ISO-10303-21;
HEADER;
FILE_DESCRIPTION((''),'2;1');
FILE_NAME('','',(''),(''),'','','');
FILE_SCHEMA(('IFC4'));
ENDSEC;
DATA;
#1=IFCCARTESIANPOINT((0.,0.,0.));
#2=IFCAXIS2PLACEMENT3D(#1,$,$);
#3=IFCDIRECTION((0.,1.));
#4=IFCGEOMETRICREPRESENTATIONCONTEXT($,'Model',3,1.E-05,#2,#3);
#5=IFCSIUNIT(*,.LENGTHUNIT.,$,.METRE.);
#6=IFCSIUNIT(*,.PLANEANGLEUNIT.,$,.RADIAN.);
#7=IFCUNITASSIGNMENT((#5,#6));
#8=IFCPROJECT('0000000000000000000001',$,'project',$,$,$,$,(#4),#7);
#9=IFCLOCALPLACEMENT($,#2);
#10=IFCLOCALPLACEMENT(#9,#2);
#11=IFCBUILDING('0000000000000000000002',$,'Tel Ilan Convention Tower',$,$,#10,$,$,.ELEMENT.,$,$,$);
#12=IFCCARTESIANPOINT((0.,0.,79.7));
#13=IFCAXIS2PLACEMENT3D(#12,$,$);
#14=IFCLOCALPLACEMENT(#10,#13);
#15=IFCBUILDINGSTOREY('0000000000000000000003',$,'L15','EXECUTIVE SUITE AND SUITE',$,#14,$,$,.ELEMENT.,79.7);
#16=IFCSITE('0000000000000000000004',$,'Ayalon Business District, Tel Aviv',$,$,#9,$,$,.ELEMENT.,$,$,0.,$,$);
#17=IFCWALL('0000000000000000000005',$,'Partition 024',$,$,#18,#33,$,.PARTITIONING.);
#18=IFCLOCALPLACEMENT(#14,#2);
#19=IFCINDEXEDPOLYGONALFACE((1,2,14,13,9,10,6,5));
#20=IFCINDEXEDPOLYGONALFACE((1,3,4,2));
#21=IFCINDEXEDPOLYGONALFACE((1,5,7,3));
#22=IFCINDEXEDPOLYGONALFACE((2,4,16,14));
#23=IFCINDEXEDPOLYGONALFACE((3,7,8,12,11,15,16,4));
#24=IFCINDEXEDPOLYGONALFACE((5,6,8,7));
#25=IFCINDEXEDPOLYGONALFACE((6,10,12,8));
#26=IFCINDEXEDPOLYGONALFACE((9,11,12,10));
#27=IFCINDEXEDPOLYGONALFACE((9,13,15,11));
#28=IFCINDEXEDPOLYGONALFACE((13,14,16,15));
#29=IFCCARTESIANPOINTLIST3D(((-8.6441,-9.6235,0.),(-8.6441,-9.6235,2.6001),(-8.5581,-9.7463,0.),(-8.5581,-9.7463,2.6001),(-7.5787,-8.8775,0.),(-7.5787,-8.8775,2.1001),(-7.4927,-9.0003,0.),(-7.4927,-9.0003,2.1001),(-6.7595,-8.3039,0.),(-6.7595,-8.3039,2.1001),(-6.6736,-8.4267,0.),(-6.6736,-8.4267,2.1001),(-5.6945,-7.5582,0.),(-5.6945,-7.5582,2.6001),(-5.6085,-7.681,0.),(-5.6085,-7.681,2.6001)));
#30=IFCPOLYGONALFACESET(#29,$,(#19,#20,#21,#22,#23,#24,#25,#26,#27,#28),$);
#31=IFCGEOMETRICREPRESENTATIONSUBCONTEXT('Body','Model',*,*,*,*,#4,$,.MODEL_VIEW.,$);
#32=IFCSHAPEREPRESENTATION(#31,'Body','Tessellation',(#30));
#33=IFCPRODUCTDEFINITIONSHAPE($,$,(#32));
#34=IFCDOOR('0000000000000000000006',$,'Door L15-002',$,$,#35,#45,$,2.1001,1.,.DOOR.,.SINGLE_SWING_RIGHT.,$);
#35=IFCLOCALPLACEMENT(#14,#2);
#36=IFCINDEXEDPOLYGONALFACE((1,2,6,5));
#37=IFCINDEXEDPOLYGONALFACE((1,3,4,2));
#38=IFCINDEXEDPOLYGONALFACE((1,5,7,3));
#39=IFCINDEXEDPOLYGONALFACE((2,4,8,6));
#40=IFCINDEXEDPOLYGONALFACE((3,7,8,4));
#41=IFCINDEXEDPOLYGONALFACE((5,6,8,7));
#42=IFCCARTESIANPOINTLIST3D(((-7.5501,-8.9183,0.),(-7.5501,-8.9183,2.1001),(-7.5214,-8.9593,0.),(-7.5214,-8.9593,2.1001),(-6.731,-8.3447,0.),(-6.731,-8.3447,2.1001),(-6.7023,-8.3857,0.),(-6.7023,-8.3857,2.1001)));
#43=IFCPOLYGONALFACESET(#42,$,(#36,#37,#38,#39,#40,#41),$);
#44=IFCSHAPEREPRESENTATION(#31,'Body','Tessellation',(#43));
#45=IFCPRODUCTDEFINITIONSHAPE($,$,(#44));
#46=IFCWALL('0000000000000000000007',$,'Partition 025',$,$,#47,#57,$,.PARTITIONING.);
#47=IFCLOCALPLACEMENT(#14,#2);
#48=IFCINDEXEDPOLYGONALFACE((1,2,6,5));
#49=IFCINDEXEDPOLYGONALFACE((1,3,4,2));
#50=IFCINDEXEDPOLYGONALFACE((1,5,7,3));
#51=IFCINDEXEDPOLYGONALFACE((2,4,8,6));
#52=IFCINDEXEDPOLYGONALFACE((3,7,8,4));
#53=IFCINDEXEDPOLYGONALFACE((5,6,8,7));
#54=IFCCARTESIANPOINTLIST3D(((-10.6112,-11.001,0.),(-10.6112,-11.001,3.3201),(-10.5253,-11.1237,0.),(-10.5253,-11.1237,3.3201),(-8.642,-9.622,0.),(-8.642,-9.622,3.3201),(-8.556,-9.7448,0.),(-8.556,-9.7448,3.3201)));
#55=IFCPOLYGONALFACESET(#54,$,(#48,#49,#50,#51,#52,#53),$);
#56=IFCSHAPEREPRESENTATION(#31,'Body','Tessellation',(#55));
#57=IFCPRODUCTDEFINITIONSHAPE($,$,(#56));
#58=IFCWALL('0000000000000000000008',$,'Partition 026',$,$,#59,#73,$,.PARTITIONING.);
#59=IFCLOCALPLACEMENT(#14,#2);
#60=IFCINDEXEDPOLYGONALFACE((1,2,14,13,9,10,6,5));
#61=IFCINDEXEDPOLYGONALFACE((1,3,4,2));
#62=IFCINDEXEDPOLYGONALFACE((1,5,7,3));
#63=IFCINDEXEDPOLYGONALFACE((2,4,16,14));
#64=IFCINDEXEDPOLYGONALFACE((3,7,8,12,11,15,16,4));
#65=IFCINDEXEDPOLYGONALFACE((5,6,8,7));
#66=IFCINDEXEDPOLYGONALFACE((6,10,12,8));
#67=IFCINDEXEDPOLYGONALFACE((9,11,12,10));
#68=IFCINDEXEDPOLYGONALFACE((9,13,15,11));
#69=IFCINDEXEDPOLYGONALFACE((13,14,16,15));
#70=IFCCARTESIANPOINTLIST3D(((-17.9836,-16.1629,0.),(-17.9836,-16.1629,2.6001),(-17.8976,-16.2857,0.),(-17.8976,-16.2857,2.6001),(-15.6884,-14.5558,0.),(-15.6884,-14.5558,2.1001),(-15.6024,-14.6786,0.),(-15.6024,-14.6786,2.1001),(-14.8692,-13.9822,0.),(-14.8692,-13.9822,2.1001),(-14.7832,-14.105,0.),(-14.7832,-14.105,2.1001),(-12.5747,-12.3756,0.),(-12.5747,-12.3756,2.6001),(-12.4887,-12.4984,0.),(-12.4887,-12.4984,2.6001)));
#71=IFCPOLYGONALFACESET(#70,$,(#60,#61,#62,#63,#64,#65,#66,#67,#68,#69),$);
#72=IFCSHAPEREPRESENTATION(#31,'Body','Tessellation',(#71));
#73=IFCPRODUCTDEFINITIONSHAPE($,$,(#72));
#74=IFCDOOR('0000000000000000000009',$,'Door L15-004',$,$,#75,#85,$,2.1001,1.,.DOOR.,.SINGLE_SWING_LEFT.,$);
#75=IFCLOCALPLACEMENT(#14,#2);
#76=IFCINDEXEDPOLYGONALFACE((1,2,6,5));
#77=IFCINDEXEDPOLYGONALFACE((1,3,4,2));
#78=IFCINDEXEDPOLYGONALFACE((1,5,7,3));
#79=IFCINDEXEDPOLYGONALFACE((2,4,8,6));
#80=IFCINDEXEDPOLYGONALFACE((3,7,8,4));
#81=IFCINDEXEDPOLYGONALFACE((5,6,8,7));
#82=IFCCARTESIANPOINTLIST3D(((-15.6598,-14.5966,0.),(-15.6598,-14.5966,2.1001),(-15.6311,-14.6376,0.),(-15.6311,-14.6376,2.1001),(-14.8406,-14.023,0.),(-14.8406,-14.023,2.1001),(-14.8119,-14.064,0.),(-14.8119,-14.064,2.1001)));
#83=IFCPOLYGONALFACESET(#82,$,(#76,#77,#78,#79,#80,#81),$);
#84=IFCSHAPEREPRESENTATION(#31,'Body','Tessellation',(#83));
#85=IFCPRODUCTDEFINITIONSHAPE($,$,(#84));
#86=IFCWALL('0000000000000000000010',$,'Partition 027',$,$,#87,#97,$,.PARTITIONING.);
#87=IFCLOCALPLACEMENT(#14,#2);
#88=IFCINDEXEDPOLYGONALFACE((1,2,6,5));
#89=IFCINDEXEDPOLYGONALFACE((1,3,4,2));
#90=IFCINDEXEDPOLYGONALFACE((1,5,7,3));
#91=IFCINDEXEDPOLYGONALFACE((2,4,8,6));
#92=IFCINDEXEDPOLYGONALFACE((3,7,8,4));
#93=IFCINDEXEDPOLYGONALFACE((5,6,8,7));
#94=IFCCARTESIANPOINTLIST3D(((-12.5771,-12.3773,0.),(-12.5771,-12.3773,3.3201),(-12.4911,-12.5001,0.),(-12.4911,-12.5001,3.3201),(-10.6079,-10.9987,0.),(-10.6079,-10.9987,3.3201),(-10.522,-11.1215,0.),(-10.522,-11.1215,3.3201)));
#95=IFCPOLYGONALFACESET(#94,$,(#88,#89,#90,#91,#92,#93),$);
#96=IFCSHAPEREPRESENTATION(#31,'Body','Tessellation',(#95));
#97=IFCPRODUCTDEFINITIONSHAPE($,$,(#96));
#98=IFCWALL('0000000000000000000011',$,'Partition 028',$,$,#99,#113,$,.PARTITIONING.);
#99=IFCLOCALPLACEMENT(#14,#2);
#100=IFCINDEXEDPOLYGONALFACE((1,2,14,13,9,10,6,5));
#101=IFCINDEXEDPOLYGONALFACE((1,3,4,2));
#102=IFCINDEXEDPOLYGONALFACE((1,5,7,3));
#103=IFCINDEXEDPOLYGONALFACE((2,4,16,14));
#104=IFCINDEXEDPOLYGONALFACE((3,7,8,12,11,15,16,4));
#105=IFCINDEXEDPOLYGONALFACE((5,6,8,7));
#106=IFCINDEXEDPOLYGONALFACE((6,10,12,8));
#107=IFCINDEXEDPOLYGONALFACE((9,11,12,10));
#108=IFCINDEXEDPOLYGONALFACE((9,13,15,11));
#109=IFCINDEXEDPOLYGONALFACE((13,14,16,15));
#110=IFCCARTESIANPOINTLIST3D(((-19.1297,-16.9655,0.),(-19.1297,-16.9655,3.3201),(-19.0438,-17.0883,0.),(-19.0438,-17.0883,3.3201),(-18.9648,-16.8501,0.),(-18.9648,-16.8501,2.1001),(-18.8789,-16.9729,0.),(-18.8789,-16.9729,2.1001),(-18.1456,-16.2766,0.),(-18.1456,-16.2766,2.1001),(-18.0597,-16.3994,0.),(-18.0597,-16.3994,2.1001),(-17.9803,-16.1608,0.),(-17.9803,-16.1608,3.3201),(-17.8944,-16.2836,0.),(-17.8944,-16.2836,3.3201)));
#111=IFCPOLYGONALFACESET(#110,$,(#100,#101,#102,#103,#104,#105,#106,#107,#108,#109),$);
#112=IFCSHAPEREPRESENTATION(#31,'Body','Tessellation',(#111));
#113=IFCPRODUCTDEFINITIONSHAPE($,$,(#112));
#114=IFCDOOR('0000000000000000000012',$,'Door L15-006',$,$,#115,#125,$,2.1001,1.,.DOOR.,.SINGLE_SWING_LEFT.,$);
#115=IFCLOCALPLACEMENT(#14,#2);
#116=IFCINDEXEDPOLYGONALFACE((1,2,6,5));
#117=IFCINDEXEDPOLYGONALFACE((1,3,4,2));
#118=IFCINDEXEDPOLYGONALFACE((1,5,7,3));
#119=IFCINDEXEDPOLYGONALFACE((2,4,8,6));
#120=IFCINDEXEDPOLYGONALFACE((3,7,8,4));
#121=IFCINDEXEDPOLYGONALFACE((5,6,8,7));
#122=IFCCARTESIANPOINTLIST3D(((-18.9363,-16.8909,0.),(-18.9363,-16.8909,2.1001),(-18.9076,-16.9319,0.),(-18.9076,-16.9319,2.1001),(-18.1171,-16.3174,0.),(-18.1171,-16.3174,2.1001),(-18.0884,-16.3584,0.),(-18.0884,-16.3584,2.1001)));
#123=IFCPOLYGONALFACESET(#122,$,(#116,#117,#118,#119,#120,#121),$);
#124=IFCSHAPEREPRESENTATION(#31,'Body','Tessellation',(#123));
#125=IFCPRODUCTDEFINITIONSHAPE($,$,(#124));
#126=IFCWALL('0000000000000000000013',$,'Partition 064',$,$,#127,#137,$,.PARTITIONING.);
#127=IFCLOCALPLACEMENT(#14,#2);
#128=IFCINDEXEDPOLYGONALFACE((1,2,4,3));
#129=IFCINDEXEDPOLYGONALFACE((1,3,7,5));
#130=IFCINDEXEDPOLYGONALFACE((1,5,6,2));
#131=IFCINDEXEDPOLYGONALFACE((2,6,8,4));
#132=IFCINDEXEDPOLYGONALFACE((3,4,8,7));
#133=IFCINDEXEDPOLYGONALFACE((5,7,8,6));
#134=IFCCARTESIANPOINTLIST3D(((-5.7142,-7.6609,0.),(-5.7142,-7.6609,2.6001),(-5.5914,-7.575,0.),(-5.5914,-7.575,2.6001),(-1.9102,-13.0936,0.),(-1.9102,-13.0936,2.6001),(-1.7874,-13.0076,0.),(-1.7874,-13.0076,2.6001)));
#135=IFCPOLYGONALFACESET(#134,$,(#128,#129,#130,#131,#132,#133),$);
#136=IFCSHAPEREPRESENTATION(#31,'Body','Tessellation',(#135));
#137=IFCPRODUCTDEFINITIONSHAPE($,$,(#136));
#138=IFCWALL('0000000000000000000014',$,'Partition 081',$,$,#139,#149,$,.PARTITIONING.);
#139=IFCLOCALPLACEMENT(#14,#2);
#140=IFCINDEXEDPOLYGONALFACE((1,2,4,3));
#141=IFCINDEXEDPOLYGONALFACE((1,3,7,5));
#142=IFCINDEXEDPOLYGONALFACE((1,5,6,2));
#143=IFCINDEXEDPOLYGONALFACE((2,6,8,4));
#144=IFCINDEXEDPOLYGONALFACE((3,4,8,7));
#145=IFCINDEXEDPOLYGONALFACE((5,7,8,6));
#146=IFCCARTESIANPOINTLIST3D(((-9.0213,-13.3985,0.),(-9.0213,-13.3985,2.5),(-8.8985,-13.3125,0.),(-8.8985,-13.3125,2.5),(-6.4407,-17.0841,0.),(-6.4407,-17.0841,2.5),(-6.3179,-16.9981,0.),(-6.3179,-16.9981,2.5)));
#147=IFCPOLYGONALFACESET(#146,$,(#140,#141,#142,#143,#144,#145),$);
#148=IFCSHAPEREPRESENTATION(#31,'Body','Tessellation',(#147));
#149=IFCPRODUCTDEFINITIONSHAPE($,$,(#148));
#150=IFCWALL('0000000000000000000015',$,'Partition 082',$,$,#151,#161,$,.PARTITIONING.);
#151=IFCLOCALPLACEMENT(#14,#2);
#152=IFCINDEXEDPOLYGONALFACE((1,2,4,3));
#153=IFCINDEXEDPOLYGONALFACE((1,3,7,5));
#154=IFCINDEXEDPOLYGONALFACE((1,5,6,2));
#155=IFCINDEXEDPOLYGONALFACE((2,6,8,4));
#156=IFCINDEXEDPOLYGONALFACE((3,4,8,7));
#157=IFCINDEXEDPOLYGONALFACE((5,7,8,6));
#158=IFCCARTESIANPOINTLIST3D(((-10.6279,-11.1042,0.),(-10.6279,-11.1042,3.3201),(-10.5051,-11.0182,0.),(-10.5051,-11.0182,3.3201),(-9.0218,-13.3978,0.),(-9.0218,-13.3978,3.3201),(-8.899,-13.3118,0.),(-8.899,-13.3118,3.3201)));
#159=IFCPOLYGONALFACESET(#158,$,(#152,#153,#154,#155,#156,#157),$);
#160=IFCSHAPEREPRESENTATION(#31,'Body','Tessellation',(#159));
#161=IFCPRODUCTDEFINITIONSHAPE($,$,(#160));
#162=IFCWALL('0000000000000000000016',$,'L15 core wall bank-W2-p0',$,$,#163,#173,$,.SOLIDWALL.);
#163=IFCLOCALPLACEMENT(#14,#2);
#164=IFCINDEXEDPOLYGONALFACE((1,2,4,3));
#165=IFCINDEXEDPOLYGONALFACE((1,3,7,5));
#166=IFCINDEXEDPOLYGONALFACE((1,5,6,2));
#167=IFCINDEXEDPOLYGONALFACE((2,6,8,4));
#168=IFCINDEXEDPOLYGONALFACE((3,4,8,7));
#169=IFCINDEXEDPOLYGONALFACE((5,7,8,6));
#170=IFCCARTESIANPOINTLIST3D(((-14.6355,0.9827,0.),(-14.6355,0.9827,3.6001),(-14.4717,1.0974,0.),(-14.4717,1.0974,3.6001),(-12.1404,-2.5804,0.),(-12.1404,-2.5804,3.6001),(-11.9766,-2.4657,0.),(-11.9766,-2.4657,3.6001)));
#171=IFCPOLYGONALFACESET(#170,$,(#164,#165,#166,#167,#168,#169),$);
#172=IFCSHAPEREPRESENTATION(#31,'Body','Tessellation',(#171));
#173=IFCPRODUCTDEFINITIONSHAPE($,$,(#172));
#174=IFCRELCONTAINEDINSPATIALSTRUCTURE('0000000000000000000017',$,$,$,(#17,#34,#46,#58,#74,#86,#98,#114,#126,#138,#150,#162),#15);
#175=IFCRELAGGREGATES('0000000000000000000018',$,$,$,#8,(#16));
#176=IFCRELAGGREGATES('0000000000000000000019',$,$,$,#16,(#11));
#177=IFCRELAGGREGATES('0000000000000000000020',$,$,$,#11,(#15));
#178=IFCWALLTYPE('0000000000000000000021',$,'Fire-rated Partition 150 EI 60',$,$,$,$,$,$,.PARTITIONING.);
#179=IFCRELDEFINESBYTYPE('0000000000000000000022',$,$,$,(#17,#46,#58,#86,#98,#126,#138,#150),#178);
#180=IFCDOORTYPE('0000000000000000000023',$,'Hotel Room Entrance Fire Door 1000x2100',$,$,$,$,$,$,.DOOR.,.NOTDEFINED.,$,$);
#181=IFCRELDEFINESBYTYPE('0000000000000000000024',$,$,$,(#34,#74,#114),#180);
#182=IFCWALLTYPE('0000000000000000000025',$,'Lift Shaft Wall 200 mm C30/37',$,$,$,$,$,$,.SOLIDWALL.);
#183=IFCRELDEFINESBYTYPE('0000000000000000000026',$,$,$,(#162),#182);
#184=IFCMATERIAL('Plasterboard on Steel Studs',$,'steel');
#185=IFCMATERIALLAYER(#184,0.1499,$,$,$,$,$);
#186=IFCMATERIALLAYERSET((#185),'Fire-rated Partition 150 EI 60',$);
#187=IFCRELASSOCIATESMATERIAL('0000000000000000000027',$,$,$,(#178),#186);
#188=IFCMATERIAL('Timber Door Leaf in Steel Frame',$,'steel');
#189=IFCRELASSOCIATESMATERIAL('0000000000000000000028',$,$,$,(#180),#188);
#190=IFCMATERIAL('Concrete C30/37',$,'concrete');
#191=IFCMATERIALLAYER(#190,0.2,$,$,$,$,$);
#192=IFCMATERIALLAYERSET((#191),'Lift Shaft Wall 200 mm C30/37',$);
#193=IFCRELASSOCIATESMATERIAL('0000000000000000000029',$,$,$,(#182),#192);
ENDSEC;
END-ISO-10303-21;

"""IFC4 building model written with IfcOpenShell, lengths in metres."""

from ifc_helpers import new_model, si_unit, direction, frame, frame_2d, origin, place, context, subcontext, project, spatial, rectangle, extrude, material, layer, layer_set, type_object, element, fill, save


model = new_model("IFC4")

# Units and contexts
model_context = context("Model", 3, precision=1e-05, world=origin(), true_north=direction((0.0, 1.0)))
body_context = subcontext(model_context, "Body", "Model", "MODEL_VIEW")
ifc_project = project(units=[si_unit("LENGTHUNIT", "METRE"), si_unit("PLANEANGLEUNIT", "RADIAN")], contexts=[model_context])

# Site, building, storey
site_placement = place(None, origin())
site = spatial("IfcSite", under=ifc_project, at=site_placement, Name="Ayalon Business District, Tel Aviv", CompositionType="ELEMENT", RefElevation=0.0)
building_placement = place(site_placement, origin())
building = spatial("IfcBuilding", under=site, at=building_placement, Name="Tel Ilan Convention Tower", CompositionType="ELEMENT")
storey_placement = place(building_placement, frame((0.0, 0.0, 79.7)))
storey = spatial("IfcBuildingStorey", under=building, at=storey_placement, Name="L15", Description="EXECUTIVE SUITE AND SUITE", CompositionType="ELEMENT", Elevation=79.7)

# Wall, opening, door
ifc_material_1 = material(Name="Plasterboard on Steel Studs", Category="steel")
ifc_layer_1 = layer(ifc_material_1, 0.1499)
ifc_layer_set_1 = layer_set([ifc_layer_1], Name="Fire-rated Partition 150 EI 60")
wall_type_1 = type_object("IfcWallType", Name="Fire-rated Partition 150 EI 60", PredefinedType="PARTITIONING", material=ifc_layer_set_1)
wall_1_placement = place(storey_placement, frame((-5.6516, -7.6196, 0.0), z_axis=(0.0, 0.0, 1.0), x_axis=(-0.819149, -0.573581, 0.0)))
wall_1 = element("IfcWall", 1, at=wall_1_placement, inside=storey, type_object=wall_type_1, Name="Partition 024", PredefinedType="PARTITIONING", context=body_context, shape_type="SweptSolid", body=[
    extrude(rectangle(XDim=3.6008, YDim=0.1499, at=frame_2d((1.8003, 0.0))), origin(), (0.0, 0.0, 1.0), 2.6001),
])
opening_1_placement = place(wall_1_placement, frame((1.3, 0.0, 0.0)))
opening_1 = element("IfcOpeningElement", 2, at=opening_1_placement, cuts=wall_1, PredefinedType="OPENING", context=body_context, shape_type="SweptSolid", body=[
    extrude(rectangle(XDim=1.0, YDim=2.1001, at=frame_2d((0.5, 1.05))), frame((0.0, 0.085, 0.0), z_axis=(0.0, -1.0, 0.0), x_axis=(1.0, 0.0, 0.0)), (0.0, 0.0, 1.0), 0.1699),
])
ifc_material_2 = material(Name="Timber Door Leaf in Steel Frame", Category="steel")
door_type_1 = type_object("IfcDoorType", Name="Hotel Room Entrance Fire Door 1000x2100", OperationType="NOTDEFINED", PredefinedType="DOOR", material=ifc_material_2)
door_1_placement = place(opening_1_placement, origin())
door_1 = element("IfcDoor", 3, at=door_1_placement, inside=storey, type_object=door_type_1, Name="Door L15-002", OperationType="SINGLE_SWING_RIGHT", OverallHeight=2.1001, OverallWidth=1.0, PredefinedType="DOOR", context=body_context, shape_type="SweptSolid", body=[
    extrude(rectangle(XDim=1.0, YDim=2.1001, at=frame_2d((0.5, 1.05))), frame((0.0, 0.0249, 0.0), z_axis=(0.0, -1.0, 0.0), x_axis=(1.0, 0.0, 0.0)), (0.0, 0.0, 1.0), 0.05),
])
fill(opening_1, door_1)

# Wall
wall_2_placement = place(storey_placement, frame((-8.5989, -9.6833, 0.0), z_axis=(0.0, 0.0, 1.0), x_axis=(-0.819146, -0.573585, 0.0)))
element("IfcWall", 4, at=wall_2_placement, inside=storey, type_object=wall_type_1, Name="Partition 025", PredefinedType="PARTITIONING", context=body_context, shape_type="SweptSolid", body=[
    extrude(rectangle(XDim=2.4041, YDim=0.1499, at=frame_2d((1.2021, 0.0))), origin(), (0.0, 0.0, 1.0), 3.3201),
])

# Wall, opening, door
wall_3_placement = place(storey_placement, frame((-12.5317, -12.437, 0.0), z_axis=(0.0, 0.0, 1.0), x_axis=(-0.819154, -0.573574, 0.0)))
wall_3 = element("IfcWall", 5, at=wall_3_placement, inside=storey, type_object=wall_type_1, Name="Partition 026", PredefinedType="PARTITIONING", context=body_context, shape_type="SweptSolid", body=[
    extrude(rectangle(XDim=6.603, YDim=0.1499, at=frame_2d((3.3015, 0.0))), origin(), (0.0, 0.0, 1.0), 2.6001),
])
opening_2_placement = place(wall_3_placement, frame((2.801, 0.0, 0.0)))
opening_2 = element("IfcOpeningElement", 6, at=opening_2_placement, cuts=wall_3, PredefinedType="OPENING", context=body_context, shape_type="SweptSolid", body=[
    extrude(rectangle(XDim=1.0, YDim=2.1001, at=frame_2d((0.5, 1.05))), frame((0.0, 0.085, 0.0), z_axis=(0.0, -1.0, 0.0), x_axis=(1.0, 0.0, 0.0)), (0.0, 0.0, 1.0), 0.1699),
])
door_2_placement = place(opening_2_placement, origin())
door_2 = element("IfcDoor", 7, at=door_2_placement, inside=storey, type_object=door_type_1, Name="Door L15-004", OperationType="SINGLE_SWING_LEFT", OverallHeight=2.1001, OverallWidth=1.0, PredefinedType="DOOR", context=body_context, shape_type="SweptSolid", body=[
    extrude(rectangle(XDim=1.0, YDim=2.1001, at=frame_2d((0.5, 1.05))), frame((0.0, 0.0249, 0.0), z_axis=(0.0, -1.0, 0.0), x_axis=(1.0, 0.0, 0.0)), (0.0, 0.0, 1.0), 0.05),
])
fill(opening_2, door_2)

# Wall
wall_4_placement = place(storey_placement, frame((-10.5649, -11.0601, 0.0), z_axis=(0.0, 0.0, 1.0), x_axis=(-0.819194, -0.573517, 0.0)))
element("IfcWall", 8, at=wall_4_placement, inside=storey, type_object=wall_type_1, Name="Partition 027", PredefinedType="PARTITIONING", context=body_context, shape_type="SweptSolid", body=[
    extrude(rectangle(XDim=2.4038, YDim=0.1499, at=frame_2d((1.2019, 0.0))), origin(), (0.0, 0.0, 1.0), 3.3201),
])

# Wall, opening, door
wall_5_placement = place(storey_placement, frame((-17.9373, -16.2222, 0.0), z_axis=(0.0, 0.0, 1.0), x_axis=(-0.819199, -0.573509, 0.0)))
wall_5 = element("IfcWall", 9, at=wall_5_placement, inside=storey, type_object=wall_type_1, Name="Partition 028", PredefinedType="PARTITIONING", context=body_context, shape_type="SweptSolid", body=[
    extrude(rectangle(XDim=1.4031, YDim=0.1499, at=frame_2d((0.7017, 0.0))), origin(), (0.0, 0.0, 1.0), 3.3201),
])
opening_3_placement = place(wall_5_placement, frame((0.2019, 0.0, 0.0)))
opening_3 = element("IfcOpeningElement", 10, at=opening_3_placement, cuts=wall_5, PredefinedType="OPENING", context=body_context, shape_type="SweptSolid", body=[
    extrude(rectangle(XDim=1.0, YDim=2.1001, at=frame_2d((0.5, 1.05))), frame((0.0, 0.085, 0.0), z_axis=(0.0, -1.0, 0.0), x_axis=(1.0, 0.0, 0.0)), (0.0, 0.0, 1.0), 0.1699),
])
door_3_placement = place(opening_3_placement, origin())
door_3 = element("IfcDoor", 11, at=door_3_placement, inside=storey, type_object=door_type_1, Name="Door L15-006", OperationType="SINGLE_SWING_LEFT", OverallHeight=2.1001, OverallWidth=1.0, PredefinedType="DOOR", context=body_context, shape_type="SweptSolid", body=[
    extrude(rectangle(XDim=1.0, YDim=2.1001, at=frame_2d((0.5, 1.05))), frame((0.0, 0.0249, 0.0), z_axis=(0.0, -1.0, 0.0), x_axis=(1.0, 0.0, 0.0)), (0.0, 0.0, 1.0), 0.05),
])
fill(opening_3, door_3)

# Walls
wall_6_placement = place(storey_placement, frame((-1.8489, -13.0505, 0.0), z_axis=(0.0, 0.0, 1.0), x_axis=(-0.573576, 0.819152, 0.0)))
element("IfcWall", 12, at=wall_6_placement, inside=storey, type_object=wall_type_1, Name="Partition 064", PredefinedType="PARTITIONING", context=body_context, shape_type="SweptSolid", body=[
    extrude(rectangle(XDim=6.6321, YDim=0.1499, at=frame_2d((3.3159, 0.0))), origin(), (0.0, 0.0, 1.0), 2.6001),
])
wall_7_placement = place(storey_placement, frame((-6.3794, -17.041, 0.0), z_axis=(0.0, 0.0, 1.0), x_axis=(-0.573564, 0.819161, 0.0)))
element("IfcWall", 13, at=wall_7_placement, inside=storey, type_object=wall_type_1, Name="Partition 081", PredefinedType="PARTITIONING", context=body_context, shape_type="SweptSolid", body=[
    extrude(rectangle(XDim=4.4993, YDim=0.1499, at=frame_2d((2.2495, 0.0))), origin(), (0.0, 0.0, 1.0), 2.5),
])
wall_8_placement = place(storey_placement, frame((-8.9604, -13.3547, 0.0), z_axis=(0.0, 0.0, 1.0), x_axis=(-0.573609, 0.81913, 0.0)))
element("IfcWall", 14, at=wall_8_placement, inside=storey, type_object=wall_type_1, Name="Partition 082", PredefinedType="PARTITIONING", context=body_context, shape_type="SweptSolid", body=[
    extrude(rectangle(XDim=2.8, YDim=0.1499, at=frame_2d((1.3999, 0.0))), origin(), (0.0, 0.0, 1.0), 3.3201),
])
ifc_material_3 = material(Name="Concrete C30/37", Category="concrete")
ifc_layer_2 = layer(ifc_material_3, 0.2)
ifc_layer_set_2 = layer_set([ifc_layer_2], Name="Lift Shaft Wall 200 mm C30/37")
wall_type_2 = type_object("IfcWallType", Name="Lift Shaft Wall 200 mm C30/37", PredefinedType="SOLIDWALL", material=ifc_layer_set_2)
wall_9_placement = place(storey_placement, frame((-12.0586, -2.5229, 0.0), z_axis=(0.0, 0.0, 1.0), x_axis=(-0.573594, 0.81914, 0.0)))
element("IfcWall", 15, at=wall_9_placement, inside=storey, type_object=wall_type_2, Name="L15 core wall bank-W2-p0", PredefinedType="SOLIDWALL", context=body_context, shape_type="SweptSolid", body=[
    extrude(rectangle(XDim=4.3499, YDim=0.2, at=frame_2d((2.1748, 0.0))), origin(), (0.0, 0.0, 1.0), 3.6001),
])

save(model, "model.ifc")
